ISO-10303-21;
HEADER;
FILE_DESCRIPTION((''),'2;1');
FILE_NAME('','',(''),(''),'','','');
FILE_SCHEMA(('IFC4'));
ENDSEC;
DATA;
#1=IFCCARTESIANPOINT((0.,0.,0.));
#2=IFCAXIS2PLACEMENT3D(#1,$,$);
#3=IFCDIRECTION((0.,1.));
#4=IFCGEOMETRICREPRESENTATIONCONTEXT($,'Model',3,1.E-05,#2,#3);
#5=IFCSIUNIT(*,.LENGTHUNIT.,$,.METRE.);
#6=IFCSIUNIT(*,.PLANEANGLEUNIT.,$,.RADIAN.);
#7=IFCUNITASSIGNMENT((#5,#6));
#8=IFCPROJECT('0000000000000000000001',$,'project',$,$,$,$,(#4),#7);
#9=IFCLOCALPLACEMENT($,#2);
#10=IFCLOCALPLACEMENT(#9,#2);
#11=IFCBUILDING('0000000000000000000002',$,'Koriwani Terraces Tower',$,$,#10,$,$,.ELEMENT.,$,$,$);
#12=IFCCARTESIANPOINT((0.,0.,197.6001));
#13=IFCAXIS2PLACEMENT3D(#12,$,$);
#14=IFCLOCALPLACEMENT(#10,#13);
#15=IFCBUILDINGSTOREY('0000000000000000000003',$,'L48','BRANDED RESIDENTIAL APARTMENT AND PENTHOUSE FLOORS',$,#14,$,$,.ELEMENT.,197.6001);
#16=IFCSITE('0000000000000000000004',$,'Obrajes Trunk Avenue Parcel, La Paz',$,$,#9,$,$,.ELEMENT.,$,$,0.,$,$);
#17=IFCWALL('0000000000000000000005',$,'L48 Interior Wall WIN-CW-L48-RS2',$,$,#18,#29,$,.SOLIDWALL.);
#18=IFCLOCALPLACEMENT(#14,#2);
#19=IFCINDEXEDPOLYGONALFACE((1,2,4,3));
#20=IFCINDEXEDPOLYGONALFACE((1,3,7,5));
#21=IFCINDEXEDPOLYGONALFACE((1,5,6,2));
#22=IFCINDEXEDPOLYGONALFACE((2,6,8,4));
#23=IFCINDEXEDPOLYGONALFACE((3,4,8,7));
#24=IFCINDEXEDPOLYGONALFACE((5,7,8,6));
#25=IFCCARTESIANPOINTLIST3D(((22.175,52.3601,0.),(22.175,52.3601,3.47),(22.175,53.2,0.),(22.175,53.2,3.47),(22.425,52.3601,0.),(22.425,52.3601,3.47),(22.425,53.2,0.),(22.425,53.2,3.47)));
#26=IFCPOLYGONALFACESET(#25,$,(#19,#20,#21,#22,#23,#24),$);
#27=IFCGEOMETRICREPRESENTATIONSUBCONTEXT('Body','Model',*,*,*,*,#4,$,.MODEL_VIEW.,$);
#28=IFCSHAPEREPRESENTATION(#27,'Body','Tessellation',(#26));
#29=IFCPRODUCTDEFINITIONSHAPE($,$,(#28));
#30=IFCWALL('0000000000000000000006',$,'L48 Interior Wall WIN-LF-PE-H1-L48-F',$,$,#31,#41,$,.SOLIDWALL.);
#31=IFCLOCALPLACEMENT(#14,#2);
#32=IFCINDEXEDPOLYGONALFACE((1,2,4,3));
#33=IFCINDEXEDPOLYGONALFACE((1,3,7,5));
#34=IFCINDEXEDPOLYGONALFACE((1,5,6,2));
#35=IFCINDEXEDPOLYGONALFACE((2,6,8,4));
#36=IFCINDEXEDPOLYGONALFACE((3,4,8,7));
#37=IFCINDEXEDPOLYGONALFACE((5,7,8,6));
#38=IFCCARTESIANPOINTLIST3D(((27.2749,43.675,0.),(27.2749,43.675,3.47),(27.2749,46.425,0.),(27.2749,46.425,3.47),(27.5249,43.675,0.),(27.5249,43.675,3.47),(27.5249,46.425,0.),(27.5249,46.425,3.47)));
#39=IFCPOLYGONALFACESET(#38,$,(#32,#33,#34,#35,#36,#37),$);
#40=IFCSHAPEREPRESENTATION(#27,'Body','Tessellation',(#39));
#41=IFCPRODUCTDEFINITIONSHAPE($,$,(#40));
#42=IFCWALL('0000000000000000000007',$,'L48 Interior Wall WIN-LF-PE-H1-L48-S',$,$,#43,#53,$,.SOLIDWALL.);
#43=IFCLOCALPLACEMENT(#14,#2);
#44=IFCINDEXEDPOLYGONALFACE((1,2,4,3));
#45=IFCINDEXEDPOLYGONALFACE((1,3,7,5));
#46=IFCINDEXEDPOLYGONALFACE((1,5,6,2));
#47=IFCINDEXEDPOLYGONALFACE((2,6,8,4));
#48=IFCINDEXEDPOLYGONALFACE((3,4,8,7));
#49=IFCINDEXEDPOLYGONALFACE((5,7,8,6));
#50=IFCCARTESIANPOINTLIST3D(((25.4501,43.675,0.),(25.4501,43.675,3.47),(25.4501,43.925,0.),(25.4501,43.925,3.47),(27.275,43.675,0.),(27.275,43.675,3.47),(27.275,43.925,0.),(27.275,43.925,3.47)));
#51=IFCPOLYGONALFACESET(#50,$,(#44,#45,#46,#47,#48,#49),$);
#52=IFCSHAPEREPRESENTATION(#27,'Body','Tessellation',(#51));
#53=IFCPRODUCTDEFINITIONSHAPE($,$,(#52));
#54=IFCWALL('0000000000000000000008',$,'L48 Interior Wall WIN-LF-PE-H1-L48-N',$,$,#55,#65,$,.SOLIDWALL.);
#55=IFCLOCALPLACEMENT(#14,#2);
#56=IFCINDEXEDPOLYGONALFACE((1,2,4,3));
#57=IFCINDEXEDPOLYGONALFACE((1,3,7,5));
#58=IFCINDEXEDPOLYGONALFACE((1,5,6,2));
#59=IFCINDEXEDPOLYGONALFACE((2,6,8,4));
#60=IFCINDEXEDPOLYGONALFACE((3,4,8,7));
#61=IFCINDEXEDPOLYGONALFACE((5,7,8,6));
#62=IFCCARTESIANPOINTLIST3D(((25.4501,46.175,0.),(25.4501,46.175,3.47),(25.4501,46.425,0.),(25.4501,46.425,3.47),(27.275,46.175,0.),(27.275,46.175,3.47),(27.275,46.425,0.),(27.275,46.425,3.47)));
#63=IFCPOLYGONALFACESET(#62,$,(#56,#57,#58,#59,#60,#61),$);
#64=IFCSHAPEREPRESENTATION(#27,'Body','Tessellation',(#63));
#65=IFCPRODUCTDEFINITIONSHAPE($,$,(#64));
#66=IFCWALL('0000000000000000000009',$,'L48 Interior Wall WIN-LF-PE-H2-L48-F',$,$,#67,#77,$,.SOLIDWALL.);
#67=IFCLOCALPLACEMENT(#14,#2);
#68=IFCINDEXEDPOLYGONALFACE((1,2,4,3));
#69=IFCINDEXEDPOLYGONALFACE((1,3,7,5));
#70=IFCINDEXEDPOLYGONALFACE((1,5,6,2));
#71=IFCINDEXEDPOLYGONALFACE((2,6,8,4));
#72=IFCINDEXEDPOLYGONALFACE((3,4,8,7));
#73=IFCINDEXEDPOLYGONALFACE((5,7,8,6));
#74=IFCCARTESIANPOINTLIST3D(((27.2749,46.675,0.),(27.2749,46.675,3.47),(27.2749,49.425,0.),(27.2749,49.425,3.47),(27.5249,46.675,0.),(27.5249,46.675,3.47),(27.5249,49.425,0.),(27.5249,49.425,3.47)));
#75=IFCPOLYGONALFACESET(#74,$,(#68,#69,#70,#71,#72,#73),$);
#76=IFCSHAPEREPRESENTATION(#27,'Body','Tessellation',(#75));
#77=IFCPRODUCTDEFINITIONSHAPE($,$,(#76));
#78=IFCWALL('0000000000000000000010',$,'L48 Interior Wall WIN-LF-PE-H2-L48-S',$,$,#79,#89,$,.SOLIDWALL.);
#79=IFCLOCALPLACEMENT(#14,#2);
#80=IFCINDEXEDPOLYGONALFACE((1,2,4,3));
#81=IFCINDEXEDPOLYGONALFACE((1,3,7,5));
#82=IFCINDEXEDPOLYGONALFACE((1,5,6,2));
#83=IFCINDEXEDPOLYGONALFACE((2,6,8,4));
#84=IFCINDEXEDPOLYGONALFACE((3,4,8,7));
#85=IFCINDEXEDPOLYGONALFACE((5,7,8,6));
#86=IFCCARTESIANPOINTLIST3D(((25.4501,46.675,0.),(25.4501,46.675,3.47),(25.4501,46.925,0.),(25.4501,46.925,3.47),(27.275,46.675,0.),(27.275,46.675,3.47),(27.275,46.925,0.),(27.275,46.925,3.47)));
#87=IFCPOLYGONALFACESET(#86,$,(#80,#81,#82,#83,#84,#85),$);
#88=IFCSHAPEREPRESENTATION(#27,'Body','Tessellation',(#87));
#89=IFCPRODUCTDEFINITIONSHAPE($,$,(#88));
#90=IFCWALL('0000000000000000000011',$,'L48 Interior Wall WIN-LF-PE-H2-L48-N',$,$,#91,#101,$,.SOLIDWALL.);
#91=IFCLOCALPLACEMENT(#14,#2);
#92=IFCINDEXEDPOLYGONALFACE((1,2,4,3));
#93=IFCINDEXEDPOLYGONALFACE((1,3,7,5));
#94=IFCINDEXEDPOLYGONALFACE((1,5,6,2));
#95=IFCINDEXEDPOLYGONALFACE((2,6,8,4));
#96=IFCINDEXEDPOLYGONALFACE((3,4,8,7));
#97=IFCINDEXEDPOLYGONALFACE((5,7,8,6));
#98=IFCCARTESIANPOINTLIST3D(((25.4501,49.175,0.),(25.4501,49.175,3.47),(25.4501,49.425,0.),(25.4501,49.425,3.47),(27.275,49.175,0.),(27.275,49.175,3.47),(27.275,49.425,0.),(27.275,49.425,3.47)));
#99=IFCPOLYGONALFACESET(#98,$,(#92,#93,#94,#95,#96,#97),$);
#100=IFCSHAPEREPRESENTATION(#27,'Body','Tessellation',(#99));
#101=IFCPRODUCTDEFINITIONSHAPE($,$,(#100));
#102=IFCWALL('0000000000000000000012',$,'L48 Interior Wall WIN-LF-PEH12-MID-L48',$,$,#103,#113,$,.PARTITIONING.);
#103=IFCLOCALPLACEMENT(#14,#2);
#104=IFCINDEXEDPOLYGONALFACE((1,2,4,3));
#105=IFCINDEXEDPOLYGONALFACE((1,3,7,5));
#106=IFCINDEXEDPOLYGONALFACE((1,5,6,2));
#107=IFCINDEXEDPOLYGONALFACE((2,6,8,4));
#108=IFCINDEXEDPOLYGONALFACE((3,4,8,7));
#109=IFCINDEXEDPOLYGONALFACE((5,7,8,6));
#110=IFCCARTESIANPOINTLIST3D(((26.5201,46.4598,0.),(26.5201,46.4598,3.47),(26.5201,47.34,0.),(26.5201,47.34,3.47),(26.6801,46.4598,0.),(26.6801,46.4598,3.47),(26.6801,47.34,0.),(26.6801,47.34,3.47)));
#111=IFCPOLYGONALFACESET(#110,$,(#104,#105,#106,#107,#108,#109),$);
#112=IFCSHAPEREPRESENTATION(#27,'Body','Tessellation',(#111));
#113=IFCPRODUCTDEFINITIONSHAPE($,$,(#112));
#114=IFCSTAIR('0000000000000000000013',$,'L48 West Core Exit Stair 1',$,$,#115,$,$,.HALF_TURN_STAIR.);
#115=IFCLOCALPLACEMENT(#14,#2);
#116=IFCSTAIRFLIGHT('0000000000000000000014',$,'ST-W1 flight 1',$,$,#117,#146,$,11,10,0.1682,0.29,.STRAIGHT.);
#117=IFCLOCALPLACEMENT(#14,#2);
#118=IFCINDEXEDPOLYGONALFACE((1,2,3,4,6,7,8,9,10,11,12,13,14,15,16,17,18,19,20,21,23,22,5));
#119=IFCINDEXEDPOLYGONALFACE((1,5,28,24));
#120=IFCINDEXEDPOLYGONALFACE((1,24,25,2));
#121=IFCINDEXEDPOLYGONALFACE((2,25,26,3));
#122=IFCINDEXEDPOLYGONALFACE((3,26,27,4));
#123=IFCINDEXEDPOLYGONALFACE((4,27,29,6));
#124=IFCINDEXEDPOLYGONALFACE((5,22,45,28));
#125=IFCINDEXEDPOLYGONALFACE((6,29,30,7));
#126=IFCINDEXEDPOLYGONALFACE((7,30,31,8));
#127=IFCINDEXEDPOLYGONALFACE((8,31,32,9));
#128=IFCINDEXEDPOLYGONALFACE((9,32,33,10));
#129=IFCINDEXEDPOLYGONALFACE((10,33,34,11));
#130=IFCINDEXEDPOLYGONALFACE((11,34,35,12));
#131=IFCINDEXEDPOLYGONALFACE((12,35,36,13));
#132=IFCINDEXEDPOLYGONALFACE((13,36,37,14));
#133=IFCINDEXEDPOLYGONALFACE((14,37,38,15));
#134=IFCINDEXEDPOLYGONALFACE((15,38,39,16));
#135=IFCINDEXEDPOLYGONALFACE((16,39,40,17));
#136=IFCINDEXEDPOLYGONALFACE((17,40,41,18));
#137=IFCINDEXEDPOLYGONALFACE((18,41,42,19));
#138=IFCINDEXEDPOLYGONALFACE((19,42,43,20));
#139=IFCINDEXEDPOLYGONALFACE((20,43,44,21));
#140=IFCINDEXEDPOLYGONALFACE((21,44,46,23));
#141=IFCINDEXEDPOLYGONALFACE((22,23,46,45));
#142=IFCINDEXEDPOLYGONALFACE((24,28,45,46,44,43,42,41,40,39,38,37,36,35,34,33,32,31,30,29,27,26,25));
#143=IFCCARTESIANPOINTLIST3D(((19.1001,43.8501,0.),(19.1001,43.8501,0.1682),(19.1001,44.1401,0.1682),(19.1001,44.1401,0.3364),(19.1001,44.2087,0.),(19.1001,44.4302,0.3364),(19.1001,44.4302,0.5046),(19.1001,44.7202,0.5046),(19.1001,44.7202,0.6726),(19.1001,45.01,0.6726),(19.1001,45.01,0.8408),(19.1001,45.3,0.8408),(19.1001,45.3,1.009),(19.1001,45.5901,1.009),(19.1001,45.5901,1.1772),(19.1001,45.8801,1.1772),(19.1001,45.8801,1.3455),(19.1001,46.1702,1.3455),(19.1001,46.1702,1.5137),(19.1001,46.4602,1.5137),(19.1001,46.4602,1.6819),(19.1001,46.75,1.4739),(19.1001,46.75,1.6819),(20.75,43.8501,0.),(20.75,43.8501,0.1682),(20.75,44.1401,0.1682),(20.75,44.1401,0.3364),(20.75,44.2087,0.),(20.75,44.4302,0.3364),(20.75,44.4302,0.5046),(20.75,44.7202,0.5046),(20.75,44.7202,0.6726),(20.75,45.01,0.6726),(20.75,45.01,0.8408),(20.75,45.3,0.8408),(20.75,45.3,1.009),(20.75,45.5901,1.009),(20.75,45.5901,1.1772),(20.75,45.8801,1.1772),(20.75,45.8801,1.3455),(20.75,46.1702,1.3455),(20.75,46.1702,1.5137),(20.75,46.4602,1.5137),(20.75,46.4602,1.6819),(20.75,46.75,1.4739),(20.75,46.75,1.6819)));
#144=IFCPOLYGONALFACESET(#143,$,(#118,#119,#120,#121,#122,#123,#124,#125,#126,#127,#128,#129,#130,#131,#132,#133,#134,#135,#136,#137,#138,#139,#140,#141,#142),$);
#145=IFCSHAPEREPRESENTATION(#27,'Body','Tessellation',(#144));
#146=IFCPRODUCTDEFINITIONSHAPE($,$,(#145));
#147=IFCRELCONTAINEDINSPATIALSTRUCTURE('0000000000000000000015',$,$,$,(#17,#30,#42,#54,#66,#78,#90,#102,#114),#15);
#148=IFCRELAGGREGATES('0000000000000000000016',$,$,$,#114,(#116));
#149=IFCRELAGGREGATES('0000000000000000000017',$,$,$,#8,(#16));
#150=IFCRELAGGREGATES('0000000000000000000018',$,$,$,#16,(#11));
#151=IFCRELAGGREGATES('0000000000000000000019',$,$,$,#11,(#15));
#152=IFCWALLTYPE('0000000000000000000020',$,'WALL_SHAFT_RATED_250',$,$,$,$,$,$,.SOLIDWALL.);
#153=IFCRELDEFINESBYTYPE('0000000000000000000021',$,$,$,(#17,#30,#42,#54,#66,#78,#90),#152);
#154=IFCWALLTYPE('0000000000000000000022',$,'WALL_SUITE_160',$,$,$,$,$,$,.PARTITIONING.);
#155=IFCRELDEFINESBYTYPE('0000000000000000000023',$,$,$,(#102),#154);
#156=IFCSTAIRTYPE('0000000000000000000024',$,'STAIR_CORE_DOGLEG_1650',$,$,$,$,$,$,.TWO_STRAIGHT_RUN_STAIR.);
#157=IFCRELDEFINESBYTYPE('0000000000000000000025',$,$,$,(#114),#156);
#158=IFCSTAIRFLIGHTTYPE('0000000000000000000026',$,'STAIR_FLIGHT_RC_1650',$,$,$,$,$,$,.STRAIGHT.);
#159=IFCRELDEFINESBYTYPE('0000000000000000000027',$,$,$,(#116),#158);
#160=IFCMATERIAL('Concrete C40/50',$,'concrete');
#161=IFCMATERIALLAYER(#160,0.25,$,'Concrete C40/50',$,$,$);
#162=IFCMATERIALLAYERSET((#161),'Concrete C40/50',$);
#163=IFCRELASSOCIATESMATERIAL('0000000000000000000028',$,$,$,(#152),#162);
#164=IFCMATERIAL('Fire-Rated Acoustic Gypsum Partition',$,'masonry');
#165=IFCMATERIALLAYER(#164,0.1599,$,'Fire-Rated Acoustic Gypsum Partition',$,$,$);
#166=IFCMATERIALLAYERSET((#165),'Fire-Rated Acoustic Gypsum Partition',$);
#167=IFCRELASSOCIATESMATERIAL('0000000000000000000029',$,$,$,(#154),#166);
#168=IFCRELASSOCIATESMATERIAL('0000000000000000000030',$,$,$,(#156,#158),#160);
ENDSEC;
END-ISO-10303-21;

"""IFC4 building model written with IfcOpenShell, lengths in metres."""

from ifc_helpers import new_model, si_unit, direction, frame, frame_2d, origin, place, context, subcontext, project, spatial, polyline, rectangle, outline, extrude, material, layer, layer_set, type_object, element, aggregate, save


model = new_model("IFC4")

# Units and contexts
model_context = context("Model", 3, precision=1e-05, world=origin(), true_north=direction((0.0, 1.0)))
body_context = subcontext(model_context, "Body", "Model", "MODEL_VIEW")
ifc_project = project(units=[si_unit("LENGTHUNIT", "METRE"), si_unit("PLANEANGLEUNIT", "RADIAN")], contexts=[model_context])

# Site, building, storey
site_placement = place(None, origin())
site = spatial("IfcSite", under=ifc_project, at=site_placement, Name="Obrajes Trunk Avenue Parcel, La Paz", CompositionType="ELEMENT", RefElevation=0.0)
building_placement = place(site_placement, origin())
building = spatial("IfcBuilding", under=site, at=building_placement, Name="Koriwani Terraces Tower", CompositionType="ELEMENT")
storey_placement = place(building_placement, frame((0.0, 0.0, 197.6001)))
storey = spatial("IfcBuildingStorey", under=building, at=storey_placement, Name="L48", Description="BRANDED RESIDENTIAL APARTMENT AND PENTHOUSE FLOORS", CompositionType="ELEMENT", Elevation=197.6001)

# Shared definitions
ifc_material_1 = material(Name="Concrete C40/50", Category="concrete")
ifc_layer_1 = layer(ifc_material_1, 0.25, Name="Concrete C40/50")
ifc_layer_set_1 = layer_set([ifc_layer_1], Name="Concrete C40/50")
wall_type_1 = type_object("IfcWallType", Name="WALL_SHAFT_RATED_250", PredefinedType="SOLIDWALL", material=ifc_layer_set_1)

# Walls
wall_1_placement = place(storey_placement, frame((22.3, 52.3601, 0.0), z_axis=(0.0, 0.0, 1.0), x_axis=(0.0, 1.0, 0.0)))
element("IfcWall", 1, at=wall_1_placement, inside=storey, type_object=wall_type_1, Name="L48 Interior Wall WIN-CW-L48-RS2", PredefinedType="SOLIDWALL", context=body_context, shape_type="SweptSolid", body=[
    extrude(rectangle(XDim=0.8398, YDim=0.25, at=frame_2d((0.4199, 0.0))), origin(), (0.0, 0.0, 1.0), 3.47),
])
wall_2_placement = place(storey_placement, frame((27.3999, 43.675, 0.0), z_axis=(0.0, 0.0, 1.0), x_axis=(0.0, 1.0, 0.0)))
element("IfcWall", 2, at=wall_2_placement, inside=storey, type_object=wall_type_1, Name="L48 Interior Wall WIN-LF-PE-H1-L48-F", PredefinedType="SOLIDWALL", context=body_context, shape_type="SweptSolid", body=[
    extrude(rectangle(XDim=2.75, YDim=0.25, at=frame_2d((1.375, 0.0))), origin(), (0.0, 0.0, 1.0), 3.47),
])
for number, where, z_axis, x_axis, name in (
    (3, (25.45, 43.8, 0.0), (0.0, 0.0, 1.0), (1.0, 0.0, 0.0), "L48 Interior Wall WIN-LF-PE-H1-L48-S"),
    (4, (25.45, 46.3, 0.0), (0.0, 0.0, 1.0), (1.0, 0.0, 0.0), "L48 Interior Wall WIN-LF-PE-H1-L48-N"),
):
    element("IfcWall", number, at=place(storey_placement, frame(where, z_axis=z_axis, x_axis=x_axis)), inside=storey, type_object=wall_type_1, Name=name, PredefinedType="SOLIDWALL", context=body_context, shape_type="SweptSolid", body=[
        extrude(rectangle(XDim=1.825, YDim=0.25, at=frame_2d((0.9126, 0.0))), origin(), (0.0, 0.0, 1.0), 3.47),
    ])
wall_3_placement = place(storey_placement, frame((27.3999, 46.675, 0.0), z_axis=(0.0, 0.0, 1.0), x_axis=(0.0, 1.0, 0.0)))
element("IfcWall", 5, at=wall_3_placement, inside=storey, type_object=wall_type_1, Name="L48 Interior Wall WIN-LF-PE-H2-L48-F", PredefinedType="SOLIDWALL", context=body_context, shape_type="SweptSolid", body=[
    extrude(rectangle(XDim=2.75, YDim=0.25, at=frame_2d((1.375, 0.0))), origin(), (0.0, 0.0, 1.0), 3.47),
])
for number, where, z_axis, x_axis, name in (
    (6, (25.45, 46.8, 0.0), (0.0, 0.0, 1.0), (1.0, 0.0, 0.0), "L48 Interior Wall WIN-LF-PE-H2-L48-S"),
    (7, (25.45, 49.3, 0.0), (0.0, 0.0, 1.0), (1.0, 0.0, 0.0), "L48 Interior Wall WIN-LF-PE-H2-L48-N"),
):
    element("IfcWall", number, at=place(storey_placement, frame(where, z_axis=z_axis, x_axis=x_axis)), inside=storey, type_object=wall_type_1, Name=name, PredefinedType="SOLIDWALL", context=body_context, shape_type="SweptSolid", body=[
        extrude(rectangle(XDim=1.825, YDim=0.25, at=frame_2d((0.9126, 0.0))), origin(), (0.0, 0.0, 1.0), 3.47),
    ])
ifc_material_2 = material(Name="Fire-Rated Acoustic Gypsum Partition", Category="masonry")
ifc_layer_2 = layer(ifc_material_2, 0.1599, Name="Fire-Rated Acoustic Gypsum Partition")
ifc_layer_set_2 = layer_set([ifc_layer_2], Name="Fire-Rated Acoustic Gypsum Partition")
wall_type_2 = type_object("IfcWallType", Name="WALL_SUITE_160", PredefinedType="PARTITIONING", material=ifc_layer_set_2)
wall_4_placement = place(storey_placement, frame((26.6001, 46.46, 0.0), z_axis=(0.0, 0.0, 1.0), x_axis=(0.0, 1.0, 0.0)))
element("IfcWall", 8, at=wall_4_placement, inside=storey, type_object=wall_type_2, Name="L48 Interior Wall WIN-LF-PEH12-MID-L48", PredefinedType="PARTITIONING", context=body_context, shape_type="SweptSolid", body=[
    extrude(rectangle(XDim=0.8801, YDim=0.1599, at=frame_2d((0.4399, 0.0))), origin(), (0.0, 0.0, 1.0), 3.47),
])

# Stair, stair flight
stair_type = type_object("IfcStairType", Name="STAIR_CORE_DOGLEG_1650", PredefinedType="TWO_STRAIGHT_RUN_STAIR", material=ifc_material_1)
stair_placement = place(storey_placement, origin())
stair = element("IfcStair", 9, at=stair_placement, inside=storey, type_object=stair_type, Name="L48 West Core Exit Stair 1", PredefinedType="HALF_TURN_STAIR")
stair_flight_type = type_object("IfcStairFlightType", Name="STAIR_FLIGHT_RC_1650", PredefinedType="STRAIGHT", material=ifc_material_1)
stair_flight_placement = place(storey_placement, frame((19.925, 43.8501, 0.0), z_axis=(0.0, 0.0, 1.0), x_axis=(0.0, 1.0, 0.0)))
stair_flight = element("IfcStairFlight", 10, at=stair_flight_placement, type_object=stair_flight_type, Name="ST-W1 flight 1", NumberOfRisers=11, NumberOfTreads=10, PredefinedType="STRAIGHT", RiserHeight=0.1682, TreadLength=0.29, context=body_context, shape_type="SweptSolid", body=[
    extrude(outline(polyline([(0.0, 0.0), (0.0, 0.1682), (0.29, 0.1682), (0.29, 0.3364), (0.5801, 0.3364), (0.5801, 0.5046), (0.8701, 0.5046), (0.8701, 0.6726), (1.1599, 0.6726), (1.1599, 0.8408), (1.45, 0.8408), (1.45, 1.009), (1.74, 1.009), (1.74, 1.1772), (2.03, 1.1772), (2.03, 1.3455), (2.3201, 1.3455), (2.3201, 1.5137), (2.6101, 1.5137), (2.6101, 1.6819), (2.8999, 1.6819), (2.8999, 1.8501), (2.8999, 1.4739), (0.3586, 0.0), (0.0, 0.0)])), frame((0.0, 0.825, 0.0), z_axis=(0.0, -1.0, 0.0), x_axis=(1.0, 0.0, 0.0)), (0.0, 0.0, 1.0), 1.6499),
])
aggregate(stair, [stair_flight])

save(model, "model.ifc")
